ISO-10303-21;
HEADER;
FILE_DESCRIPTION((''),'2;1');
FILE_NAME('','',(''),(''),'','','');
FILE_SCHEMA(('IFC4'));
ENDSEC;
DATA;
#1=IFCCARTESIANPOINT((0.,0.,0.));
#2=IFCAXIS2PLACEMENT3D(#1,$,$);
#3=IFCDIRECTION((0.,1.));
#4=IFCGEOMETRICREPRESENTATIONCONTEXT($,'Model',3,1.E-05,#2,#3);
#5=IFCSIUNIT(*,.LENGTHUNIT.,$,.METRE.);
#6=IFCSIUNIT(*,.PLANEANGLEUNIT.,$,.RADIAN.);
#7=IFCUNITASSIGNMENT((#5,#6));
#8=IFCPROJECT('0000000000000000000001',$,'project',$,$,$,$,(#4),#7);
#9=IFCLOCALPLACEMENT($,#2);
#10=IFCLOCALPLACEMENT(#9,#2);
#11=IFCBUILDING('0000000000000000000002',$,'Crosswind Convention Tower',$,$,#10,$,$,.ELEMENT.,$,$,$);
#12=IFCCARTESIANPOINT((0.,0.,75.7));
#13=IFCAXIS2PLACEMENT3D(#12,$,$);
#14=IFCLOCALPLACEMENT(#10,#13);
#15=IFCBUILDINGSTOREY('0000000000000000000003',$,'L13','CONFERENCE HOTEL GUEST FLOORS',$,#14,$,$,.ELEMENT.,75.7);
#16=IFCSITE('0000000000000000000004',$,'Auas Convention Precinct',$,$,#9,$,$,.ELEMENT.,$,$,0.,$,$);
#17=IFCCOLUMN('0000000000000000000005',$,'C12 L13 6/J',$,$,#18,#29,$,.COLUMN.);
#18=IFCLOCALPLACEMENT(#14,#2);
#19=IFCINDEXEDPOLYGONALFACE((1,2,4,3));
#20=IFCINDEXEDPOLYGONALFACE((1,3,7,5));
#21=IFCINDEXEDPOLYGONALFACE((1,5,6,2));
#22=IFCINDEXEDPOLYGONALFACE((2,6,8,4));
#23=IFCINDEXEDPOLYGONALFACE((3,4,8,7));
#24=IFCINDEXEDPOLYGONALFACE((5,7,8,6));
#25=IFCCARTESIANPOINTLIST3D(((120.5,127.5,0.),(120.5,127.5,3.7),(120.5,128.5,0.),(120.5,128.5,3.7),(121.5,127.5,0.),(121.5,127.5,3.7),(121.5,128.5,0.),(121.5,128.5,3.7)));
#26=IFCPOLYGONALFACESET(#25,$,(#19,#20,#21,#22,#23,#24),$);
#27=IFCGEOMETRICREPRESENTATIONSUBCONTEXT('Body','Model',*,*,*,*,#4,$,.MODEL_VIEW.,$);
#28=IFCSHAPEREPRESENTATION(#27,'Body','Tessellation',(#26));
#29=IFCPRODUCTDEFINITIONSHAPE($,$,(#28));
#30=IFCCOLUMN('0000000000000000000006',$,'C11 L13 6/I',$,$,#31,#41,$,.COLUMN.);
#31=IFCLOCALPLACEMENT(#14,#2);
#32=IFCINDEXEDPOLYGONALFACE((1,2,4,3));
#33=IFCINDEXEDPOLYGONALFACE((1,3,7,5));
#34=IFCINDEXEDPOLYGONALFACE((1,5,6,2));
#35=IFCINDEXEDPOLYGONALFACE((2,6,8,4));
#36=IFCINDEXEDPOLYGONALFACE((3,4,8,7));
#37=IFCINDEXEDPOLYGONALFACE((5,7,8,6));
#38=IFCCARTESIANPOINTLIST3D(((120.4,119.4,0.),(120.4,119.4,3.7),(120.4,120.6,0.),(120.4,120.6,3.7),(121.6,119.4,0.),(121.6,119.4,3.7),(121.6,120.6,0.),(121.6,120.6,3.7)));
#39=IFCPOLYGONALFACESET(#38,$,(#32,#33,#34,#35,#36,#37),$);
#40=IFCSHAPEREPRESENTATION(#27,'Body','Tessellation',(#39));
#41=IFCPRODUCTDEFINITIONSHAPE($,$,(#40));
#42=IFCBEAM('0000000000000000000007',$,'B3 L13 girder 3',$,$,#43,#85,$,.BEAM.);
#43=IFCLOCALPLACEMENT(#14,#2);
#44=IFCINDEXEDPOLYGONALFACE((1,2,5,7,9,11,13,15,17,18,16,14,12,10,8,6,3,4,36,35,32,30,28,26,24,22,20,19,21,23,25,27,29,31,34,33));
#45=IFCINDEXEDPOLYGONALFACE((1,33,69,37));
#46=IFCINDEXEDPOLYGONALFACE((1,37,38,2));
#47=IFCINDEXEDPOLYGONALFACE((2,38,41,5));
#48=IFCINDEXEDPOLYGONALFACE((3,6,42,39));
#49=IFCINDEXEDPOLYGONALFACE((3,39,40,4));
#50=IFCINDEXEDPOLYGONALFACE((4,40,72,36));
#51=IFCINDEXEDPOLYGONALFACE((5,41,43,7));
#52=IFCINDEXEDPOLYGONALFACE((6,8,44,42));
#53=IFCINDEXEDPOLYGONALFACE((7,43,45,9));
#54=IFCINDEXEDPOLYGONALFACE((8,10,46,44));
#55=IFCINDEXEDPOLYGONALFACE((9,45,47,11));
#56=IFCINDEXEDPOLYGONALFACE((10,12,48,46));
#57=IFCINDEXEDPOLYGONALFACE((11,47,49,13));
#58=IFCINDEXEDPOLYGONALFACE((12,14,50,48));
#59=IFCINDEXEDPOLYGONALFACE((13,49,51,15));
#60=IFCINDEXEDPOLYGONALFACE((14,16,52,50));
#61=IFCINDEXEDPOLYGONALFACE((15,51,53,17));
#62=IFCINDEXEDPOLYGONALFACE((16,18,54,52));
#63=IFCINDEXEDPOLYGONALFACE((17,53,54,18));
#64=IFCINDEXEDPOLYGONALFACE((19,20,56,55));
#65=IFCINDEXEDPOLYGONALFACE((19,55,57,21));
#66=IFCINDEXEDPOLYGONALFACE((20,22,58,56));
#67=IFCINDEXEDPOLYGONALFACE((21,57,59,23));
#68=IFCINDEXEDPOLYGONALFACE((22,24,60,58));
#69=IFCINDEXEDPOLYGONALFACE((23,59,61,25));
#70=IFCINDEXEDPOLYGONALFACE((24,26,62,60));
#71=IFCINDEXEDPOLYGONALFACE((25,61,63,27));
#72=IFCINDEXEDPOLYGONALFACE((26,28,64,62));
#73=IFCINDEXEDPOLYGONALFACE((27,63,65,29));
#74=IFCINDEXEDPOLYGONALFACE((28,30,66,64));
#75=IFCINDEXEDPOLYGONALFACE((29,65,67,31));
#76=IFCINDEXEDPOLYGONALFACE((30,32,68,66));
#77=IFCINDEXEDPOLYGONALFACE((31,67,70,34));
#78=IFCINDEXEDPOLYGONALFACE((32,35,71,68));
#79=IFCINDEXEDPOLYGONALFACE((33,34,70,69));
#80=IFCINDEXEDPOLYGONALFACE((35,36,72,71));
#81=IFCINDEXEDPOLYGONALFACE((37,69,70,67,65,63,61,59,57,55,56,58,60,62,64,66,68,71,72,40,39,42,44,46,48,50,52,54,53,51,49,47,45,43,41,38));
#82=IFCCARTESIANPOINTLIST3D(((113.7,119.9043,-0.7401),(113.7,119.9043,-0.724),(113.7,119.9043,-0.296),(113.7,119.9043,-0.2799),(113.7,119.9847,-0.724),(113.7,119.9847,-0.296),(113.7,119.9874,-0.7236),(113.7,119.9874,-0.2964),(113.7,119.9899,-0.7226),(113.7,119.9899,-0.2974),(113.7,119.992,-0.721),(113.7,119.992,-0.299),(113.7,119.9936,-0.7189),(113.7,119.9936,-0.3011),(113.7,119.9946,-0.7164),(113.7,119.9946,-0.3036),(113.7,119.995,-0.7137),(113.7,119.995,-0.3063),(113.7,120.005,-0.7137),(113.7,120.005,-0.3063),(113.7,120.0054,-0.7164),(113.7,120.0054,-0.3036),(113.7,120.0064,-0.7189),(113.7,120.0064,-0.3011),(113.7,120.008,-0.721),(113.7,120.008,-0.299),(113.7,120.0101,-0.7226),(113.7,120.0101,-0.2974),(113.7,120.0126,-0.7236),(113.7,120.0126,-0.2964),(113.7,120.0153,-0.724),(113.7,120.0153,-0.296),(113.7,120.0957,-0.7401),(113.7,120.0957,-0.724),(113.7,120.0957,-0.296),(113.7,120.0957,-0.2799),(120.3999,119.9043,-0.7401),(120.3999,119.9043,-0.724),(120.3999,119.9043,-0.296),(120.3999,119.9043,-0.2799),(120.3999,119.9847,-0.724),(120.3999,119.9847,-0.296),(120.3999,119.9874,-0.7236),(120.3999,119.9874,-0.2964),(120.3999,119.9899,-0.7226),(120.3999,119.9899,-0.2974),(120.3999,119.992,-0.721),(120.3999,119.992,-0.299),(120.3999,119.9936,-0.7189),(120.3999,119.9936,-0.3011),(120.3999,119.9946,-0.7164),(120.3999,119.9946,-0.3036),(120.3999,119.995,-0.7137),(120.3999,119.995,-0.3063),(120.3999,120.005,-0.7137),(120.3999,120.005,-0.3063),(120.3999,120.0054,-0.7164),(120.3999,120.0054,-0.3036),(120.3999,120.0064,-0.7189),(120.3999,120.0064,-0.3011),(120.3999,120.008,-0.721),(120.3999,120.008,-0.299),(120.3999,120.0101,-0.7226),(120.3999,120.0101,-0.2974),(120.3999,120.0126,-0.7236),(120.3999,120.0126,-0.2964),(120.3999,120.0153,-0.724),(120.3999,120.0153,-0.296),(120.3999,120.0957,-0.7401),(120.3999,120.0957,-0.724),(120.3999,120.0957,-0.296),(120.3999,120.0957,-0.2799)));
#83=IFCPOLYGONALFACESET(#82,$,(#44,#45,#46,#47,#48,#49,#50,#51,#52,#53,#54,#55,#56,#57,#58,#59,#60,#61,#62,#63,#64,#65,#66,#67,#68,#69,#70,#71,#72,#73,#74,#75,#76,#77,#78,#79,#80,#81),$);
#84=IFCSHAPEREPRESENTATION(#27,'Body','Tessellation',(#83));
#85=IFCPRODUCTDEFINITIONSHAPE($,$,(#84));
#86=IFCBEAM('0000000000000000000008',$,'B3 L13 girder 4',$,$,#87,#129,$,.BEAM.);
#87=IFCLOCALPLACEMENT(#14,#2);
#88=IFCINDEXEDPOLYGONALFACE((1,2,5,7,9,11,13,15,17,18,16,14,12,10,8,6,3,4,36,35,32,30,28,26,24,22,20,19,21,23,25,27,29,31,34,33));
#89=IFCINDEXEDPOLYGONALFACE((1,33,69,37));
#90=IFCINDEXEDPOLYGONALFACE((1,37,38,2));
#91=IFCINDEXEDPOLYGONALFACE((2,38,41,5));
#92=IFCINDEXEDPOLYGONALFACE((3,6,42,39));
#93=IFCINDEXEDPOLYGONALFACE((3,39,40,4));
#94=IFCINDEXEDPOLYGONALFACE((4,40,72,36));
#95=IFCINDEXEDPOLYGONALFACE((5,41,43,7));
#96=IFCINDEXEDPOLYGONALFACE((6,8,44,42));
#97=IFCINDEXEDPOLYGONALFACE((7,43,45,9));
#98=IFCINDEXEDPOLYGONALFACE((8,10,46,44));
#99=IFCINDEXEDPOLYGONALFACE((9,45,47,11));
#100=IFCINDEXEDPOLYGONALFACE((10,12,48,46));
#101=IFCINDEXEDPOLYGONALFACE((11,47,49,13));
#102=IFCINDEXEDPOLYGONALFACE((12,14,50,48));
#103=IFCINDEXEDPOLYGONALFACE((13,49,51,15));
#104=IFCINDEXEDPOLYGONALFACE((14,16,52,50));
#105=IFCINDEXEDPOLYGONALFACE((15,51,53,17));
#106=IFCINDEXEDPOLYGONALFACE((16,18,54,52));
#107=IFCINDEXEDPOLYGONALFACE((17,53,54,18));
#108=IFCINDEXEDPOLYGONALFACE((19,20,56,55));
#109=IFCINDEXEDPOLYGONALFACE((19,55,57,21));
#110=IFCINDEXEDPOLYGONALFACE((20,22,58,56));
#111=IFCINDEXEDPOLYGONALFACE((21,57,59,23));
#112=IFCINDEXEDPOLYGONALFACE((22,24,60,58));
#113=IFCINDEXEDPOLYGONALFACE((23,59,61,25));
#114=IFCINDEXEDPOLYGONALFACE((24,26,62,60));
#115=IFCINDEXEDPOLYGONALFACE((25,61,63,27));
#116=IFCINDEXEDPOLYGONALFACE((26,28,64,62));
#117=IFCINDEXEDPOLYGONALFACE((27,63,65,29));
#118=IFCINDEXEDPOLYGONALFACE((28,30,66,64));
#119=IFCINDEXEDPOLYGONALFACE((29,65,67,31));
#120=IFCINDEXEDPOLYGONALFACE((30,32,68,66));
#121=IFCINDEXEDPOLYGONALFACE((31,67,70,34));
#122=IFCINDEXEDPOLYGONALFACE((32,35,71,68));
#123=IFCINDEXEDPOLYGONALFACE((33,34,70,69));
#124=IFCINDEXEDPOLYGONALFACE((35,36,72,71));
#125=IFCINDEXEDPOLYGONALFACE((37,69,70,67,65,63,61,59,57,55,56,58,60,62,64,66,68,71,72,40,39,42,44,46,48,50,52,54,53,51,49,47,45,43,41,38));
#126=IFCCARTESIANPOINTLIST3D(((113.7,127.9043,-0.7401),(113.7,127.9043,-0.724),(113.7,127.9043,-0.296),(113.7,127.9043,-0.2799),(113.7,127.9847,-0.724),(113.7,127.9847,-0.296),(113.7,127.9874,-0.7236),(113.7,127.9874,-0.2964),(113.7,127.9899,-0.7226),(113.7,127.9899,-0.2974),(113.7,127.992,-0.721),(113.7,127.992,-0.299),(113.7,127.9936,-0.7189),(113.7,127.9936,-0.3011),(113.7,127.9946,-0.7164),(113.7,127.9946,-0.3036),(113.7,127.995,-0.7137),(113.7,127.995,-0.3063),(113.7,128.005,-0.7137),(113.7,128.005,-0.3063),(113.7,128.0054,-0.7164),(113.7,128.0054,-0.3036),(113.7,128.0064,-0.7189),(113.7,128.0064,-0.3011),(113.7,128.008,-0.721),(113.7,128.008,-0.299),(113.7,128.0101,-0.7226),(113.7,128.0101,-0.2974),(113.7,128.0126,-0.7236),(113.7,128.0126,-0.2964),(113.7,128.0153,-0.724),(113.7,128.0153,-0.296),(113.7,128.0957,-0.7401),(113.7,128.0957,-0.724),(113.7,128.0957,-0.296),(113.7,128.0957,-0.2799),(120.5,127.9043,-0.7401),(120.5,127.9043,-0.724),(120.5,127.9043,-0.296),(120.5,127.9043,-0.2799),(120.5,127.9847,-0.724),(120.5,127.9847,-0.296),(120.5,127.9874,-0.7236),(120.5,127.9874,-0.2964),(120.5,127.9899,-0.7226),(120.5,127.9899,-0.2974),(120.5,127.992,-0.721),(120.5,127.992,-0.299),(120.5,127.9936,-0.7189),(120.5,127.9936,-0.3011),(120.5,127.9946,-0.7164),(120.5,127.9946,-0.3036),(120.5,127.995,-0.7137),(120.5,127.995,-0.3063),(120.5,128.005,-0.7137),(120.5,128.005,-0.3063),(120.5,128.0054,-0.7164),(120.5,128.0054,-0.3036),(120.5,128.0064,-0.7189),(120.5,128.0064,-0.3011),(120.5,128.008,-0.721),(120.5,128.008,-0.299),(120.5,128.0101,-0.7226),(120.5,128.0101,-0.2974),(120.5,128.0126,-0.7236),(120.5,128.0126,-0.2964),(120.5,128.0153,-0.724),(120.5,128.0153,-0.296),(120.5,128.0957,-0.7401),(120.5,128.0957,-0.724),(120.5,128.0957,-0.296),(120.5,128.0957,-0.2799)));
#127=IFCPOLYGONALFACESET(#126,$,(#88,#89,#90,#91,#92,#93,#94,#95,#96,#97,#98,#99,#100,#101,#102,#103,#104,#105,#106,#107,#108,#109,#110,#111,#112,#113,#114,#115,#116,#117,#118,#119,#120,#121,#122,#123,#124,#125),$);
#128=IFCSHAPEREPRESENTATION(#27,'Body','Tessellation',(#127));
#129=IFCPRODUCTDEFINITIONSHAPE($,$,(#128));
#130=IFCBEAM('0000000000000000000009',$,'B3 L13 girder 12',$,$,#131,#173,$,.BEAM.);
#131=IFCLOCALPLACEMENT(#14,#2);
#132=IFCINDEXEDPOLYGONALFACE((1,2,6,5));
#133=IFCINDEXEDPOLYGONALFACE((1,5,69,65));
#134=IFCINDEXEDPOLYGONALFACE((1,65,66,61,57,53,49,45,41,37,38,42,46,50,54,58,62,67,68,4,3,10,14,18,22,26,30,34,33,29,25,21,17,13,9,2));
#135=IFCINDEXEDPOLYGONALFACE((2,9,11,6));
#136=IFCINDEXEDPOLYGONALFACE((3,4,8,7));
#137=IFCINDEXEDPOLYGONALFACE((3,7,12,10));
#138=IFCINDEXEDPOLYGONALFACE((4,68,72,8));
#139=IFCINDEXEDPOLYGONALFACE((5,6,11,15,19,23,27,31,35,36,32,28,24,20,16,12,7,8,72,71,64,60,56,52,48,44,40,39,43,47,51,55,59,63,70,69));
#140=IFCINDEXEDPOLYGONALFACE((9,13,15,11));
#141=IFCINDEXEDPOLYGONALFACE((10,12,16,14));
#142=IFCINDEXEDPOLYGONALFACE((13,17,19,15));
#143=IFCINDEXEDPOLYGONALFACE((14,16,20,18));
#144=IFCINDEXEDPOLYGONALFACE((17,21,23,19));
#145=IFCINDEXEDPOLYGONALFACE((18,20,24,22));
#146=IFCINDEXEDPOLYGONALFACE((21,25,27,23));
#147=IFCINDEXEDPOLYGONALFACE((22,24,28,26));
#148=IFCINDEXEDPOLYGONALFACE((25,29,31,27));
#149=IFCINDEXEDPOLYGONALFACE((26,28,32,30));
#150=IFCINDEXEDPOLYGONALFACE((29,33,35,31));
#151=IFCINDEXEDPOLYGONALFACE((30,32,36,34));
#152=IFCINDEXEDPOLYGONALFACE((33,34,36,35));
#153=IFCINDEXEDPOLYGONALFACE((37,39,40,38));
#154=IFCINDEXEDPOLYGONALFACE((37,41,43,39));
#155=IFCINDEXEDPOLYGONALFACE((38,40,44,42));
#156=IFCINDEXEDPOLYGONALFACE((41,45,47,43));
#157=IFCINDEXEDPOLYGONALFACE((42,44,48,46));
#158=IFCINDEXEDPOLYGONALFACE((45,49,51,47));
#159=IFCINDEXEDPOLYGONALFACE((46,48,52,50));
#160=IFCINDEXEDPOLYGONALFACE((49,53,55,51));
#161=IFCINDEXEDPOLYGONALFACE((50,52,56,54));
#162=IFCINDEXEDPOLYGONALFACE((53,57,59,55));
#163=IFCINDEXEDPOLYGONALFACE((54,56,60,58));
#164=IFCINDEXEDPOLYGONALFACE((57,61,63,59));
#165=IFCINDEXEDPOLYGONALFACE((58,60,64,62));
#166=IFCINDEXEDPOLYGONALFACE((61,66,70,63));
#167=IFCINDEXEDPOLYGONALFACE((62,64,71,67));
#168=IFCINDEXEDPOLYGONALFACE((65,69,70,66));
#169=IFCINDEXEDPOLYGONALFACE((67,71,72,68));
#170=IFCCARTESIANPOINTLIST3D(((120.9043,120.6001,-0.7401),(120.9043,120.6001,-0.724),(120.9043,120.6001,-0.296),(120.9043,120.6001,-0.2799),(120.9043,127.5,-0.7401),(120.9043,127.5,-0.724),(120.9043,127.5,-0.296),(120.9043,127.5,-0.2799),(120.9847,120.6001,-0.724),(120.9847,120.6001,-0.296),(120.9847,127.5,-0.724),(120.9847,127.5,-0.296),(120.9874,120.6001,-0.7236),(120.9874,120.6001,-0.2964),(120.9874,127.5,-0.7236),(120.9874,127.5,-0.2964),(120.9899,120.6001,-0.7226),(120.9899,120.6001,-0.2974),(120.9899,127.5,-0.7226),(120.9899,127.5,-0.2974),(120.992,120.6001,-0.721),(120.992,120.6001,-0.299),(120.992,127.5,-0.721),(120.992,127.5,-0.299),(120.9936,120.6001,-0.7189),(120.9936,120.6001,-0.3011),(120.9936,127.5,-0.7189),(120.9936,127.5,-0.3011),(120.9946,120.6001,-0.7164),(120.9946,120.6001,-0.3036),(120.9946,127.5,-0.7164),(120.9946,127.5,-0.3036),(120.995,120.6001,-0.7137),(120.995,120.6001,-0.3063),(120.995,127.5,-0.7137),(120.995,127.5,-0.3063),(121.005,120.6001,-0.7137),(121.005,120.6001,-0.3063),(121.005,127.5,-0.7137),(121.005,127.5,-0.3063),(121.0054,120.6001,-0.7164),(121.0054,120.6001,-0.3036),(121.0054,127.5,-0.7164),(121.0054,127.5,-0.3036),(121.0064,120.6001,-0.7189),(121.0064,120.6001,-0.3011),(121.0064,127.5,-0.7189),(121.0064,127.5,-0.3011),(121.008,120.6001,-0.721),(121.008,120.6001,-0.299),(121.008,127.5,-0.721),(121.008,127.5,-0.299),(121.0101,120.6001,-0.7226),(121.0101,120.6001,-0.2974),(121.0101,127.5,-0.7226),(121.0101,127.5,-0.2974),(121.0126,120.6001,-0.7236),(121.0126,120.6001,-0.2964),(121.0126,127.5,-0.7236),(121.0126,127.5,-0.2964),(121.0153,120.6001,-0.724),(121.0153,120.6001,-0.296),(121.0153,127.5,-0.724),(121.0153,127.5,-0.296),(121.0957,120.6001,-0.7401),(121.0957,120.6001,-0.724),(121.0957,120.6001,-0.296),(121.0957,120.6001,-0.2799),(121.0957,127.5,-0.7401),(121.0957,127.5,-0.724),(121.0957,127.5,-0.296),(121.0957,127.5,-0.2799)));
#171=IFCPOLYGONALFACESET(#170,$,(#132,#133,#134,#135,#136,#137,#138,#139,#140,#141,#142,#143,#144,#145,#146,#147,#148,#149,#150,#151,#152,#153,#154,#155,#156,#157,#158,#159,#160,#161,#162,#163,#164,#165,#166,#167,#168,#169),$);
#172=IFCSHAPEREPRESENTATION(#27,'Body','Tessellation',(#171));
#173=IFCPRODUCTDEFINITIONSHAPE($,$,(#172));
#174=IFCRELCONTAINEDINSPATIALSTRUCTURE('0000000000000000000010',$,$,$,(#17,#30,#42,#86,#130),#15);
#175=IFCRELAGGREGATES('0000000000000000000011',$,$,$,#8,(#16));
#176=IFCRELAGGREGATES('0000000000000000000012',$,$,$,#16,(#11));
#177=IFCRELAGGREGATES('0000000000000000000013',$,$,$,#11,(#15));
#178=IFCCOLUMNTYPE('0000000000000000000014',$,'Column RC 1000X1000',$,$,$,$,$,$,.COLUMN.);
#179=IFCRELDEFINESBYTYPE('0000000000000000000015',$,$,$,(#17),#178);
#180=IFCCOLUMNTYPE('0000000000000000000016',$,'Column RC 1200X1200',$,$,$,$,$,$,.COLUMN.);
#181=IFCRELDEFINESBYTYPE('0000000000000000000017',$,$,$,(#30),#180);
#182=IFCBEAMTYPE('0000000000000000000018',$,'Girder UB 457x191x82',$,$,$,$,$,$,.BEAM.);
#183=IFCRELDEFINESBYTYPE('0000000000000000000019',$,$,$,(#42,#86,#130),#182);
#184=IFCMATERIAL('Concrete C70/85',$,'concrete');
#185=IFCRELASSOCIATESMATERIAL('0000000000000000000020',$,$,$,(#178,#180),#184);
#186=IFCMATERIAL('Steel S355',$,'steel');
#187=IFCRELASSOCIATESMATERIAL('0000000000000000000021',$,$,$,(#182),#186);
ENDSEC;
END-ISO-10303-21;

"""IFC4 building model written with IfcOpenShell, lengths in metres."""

from ifc_helpers import new_model, si_unit, direction, frame, origin, origin_2d, place, context, subcontext, project, spatial, rectangle, i_section, extrude, material, material_profile, profile_set, type_object, element, save


model = new_model("IFC4")

# Units and contexts
model_context = context("Model", 3, precision=1e-05, world=origin(), true_north=direction((0.0, 1.0)))
body_context = subcontext(model_context, "Body", "Model", "MODEL_VIEW")
ifc_project = project(units=[si_unit("LENGTHUNIT", "METRE"), si_unit("PLANEANGLEUNIT", "RADIAN")], contexts=[model_context])

# Site, building, storey
site_placement = place(None, origin())
site = spatial("IfcSite", under=ifc_project, at=site_placement, Name="Auas Convention Precinct", CompositionType="ELEMENT", RefElevation=0.0)
building_placement = place(site_placement, origin())
building = spatial("IfcBuilding", under=site, at=building_placement, Name="Crosswind Convention Tower", CompositionType="ELEMENT")
storey_placement = place(building_placement, frame((0.0, 0.0, 75.7)))
storey = spatial("IfcBuildingStorey", under=building, at=storey_placement, Name="L13", Description="CONFERENCE HOTEL GUEST FLOORS", CompositionType="ELEMENT", Elevation=75.7)

# Columns
ifc_material_1 = material(Name="Concrete C70/85", Category="concrete")
ifc_material_profile_1 = material_profile(ifc_material_1, rectangle(XDim=1.0, YDim=1.0, at=origin_2d()), Name="RC 1000X1000")
ifc_profile_set_1 = profile_set([ifc_material_profile_1], Name="Concrete C70/85")
column_type_1 = type_object("IfcColumnType", Name="Column RC 1000X1000", PredefinedType="COLUMN", material=ifc_profile_set_1)
column_1_placement = place(storey_placement, frame((121.0, 128.0, 0.0), z_axis=(0.0, 0.0, 1.0), x_axis=(1.0, 0.0, 0.0)))
element("IfcColumn", 1, at=column_1_placement, inside=storey, type_object=column_type_1, Name="C12 L13 6/J", PredefinedType="COLUMN", context=body_context, shape_type="SweptSolid", body=[
    extrude(rectangle(XDim=1.0, YDim=1.0, at=origin_2d()), origin(), (0.0, 0.0, 1.0), 3.7),
])
ifc_material_profile_2 = material_profile(ifc_material_1, rectangle(XDim=1.2, YDim=1.2, at=origin_2d()), Name="RC 1200X1200")
ifc_profile_set_2 = profile_set([ifc_material_profile_2], Name="Concrete C70/85")
column_type_2 = type_object("IfcColumnType", Name="Column RC 1200X1200", PredefinedType="COLUMN", material=ifc_profile_set_2)
column_2_placement = place(storey_placement, frame((121.0, 120.0, 0.0), z_axis=(0.0, 0.0, 1.0), x_axis=(1.0, 0.0, 0.0)))
element("IfcColumn", 2, at=column_2_placement, inside=storey, type_object=column_type_2, Name="C11 L13 6/I", PredefinedType="COLUMN", context=body_context, shape_type="SweptSolid", body=[
    extrude(rectangle(XDim=1.2, YDim=1.2, at=origin_2d()), origin(), (0.0, 0.0, 1.0), 3.7),
])

# Beams
ifc_material_2 = material(Name="Steel S355", Category="steel")
ifc_material_profile_3 = material_profile(ifc_material_2, i_section(OverallWidth=0.1914, OverallDepth=0.4602, WebThickness=0.01, FlangeThickness=0.0161, FilletRadius=0.0103, at=origin_2d()), Name="UB 457x191x82")
ifc_profile_set_3 = profile_set([ifc_material_profile_3], Name="Steel S355")
beam_type_1 = type_object("IfcBeamType", Name="Girder UB 457x191x82", PredefinedType="BEAM", material=ifc_profile_set_3)
beam_1_placement = place(storey_placement, frame((113.7, 120.0, -0.51), z_axis=(1.0, 0.0, 0.0), x_axis=(0.0, 1.0, 0.0)))
element("IfcBeam", 3, at=beam_1_placement, inside=storey, type_object=beam_type_1, Name="B3 L13 girder 3", PredefinedType="BEAM", context=body_context, shape_type="SweptSolid", body=[
    extrude(i_section(OverallWidth=0.1914, OverallDepth=0.4602, WebThickness=0.01, FlangeThickness=0.0161, FilletRadius=0.0103, at=origin_2d()), origin(), (0.0, 0.0, 1.0), 6.7),
])
beam_2_placement = place(storey_placement, frame((113.7, 128.0, -0.51), z_axis=(1.0, 0.0, 0.0), x_axis=(0.0, 1.0, 0.0)))
element("IfcBeam", 4, at=beam_2_placement, inside=storey, type_object=beam_type_1, Name="B3 L13 girder 4", PredefinedType="BEAM", context=body_context, shape_type="SweptSolid", body=[
    extrude(i_section(OverallWidth=0.1914, OverallDepth=0.4602, WebThickness=0.01, FlangeThickness=0.0161, FilletRadius=0.0103, at=origin_2d()), origin(), (0.0, 0.0, 1.0), 6.8),
])
beam_3_placement = place(storey_placement, frame((121.0, 120.6001, -0.51), z_axis=(0.0, 1.0, 0.0), x_axis=(-1.0, 0.0, 0.0)))
element("IfcBeam", 5, at=beam_3_placement, inside=storey, type_object=beam_type_1, Name="B3 L13 girder 12", PredefinedType="BEAM", context=body_context, shape_type="SweptSolid", body=[
    extrude(i_section(OverallWidth=0.1914, OverallDepth=0.4602, WebThickness=0.01, FlangeThickness=0.0161, FilletRadius=0.0103, at=origin_2d()), origin(), (0.0, 0.0, 1.0), 6.8999),
])

save(model, "model.ifc")
